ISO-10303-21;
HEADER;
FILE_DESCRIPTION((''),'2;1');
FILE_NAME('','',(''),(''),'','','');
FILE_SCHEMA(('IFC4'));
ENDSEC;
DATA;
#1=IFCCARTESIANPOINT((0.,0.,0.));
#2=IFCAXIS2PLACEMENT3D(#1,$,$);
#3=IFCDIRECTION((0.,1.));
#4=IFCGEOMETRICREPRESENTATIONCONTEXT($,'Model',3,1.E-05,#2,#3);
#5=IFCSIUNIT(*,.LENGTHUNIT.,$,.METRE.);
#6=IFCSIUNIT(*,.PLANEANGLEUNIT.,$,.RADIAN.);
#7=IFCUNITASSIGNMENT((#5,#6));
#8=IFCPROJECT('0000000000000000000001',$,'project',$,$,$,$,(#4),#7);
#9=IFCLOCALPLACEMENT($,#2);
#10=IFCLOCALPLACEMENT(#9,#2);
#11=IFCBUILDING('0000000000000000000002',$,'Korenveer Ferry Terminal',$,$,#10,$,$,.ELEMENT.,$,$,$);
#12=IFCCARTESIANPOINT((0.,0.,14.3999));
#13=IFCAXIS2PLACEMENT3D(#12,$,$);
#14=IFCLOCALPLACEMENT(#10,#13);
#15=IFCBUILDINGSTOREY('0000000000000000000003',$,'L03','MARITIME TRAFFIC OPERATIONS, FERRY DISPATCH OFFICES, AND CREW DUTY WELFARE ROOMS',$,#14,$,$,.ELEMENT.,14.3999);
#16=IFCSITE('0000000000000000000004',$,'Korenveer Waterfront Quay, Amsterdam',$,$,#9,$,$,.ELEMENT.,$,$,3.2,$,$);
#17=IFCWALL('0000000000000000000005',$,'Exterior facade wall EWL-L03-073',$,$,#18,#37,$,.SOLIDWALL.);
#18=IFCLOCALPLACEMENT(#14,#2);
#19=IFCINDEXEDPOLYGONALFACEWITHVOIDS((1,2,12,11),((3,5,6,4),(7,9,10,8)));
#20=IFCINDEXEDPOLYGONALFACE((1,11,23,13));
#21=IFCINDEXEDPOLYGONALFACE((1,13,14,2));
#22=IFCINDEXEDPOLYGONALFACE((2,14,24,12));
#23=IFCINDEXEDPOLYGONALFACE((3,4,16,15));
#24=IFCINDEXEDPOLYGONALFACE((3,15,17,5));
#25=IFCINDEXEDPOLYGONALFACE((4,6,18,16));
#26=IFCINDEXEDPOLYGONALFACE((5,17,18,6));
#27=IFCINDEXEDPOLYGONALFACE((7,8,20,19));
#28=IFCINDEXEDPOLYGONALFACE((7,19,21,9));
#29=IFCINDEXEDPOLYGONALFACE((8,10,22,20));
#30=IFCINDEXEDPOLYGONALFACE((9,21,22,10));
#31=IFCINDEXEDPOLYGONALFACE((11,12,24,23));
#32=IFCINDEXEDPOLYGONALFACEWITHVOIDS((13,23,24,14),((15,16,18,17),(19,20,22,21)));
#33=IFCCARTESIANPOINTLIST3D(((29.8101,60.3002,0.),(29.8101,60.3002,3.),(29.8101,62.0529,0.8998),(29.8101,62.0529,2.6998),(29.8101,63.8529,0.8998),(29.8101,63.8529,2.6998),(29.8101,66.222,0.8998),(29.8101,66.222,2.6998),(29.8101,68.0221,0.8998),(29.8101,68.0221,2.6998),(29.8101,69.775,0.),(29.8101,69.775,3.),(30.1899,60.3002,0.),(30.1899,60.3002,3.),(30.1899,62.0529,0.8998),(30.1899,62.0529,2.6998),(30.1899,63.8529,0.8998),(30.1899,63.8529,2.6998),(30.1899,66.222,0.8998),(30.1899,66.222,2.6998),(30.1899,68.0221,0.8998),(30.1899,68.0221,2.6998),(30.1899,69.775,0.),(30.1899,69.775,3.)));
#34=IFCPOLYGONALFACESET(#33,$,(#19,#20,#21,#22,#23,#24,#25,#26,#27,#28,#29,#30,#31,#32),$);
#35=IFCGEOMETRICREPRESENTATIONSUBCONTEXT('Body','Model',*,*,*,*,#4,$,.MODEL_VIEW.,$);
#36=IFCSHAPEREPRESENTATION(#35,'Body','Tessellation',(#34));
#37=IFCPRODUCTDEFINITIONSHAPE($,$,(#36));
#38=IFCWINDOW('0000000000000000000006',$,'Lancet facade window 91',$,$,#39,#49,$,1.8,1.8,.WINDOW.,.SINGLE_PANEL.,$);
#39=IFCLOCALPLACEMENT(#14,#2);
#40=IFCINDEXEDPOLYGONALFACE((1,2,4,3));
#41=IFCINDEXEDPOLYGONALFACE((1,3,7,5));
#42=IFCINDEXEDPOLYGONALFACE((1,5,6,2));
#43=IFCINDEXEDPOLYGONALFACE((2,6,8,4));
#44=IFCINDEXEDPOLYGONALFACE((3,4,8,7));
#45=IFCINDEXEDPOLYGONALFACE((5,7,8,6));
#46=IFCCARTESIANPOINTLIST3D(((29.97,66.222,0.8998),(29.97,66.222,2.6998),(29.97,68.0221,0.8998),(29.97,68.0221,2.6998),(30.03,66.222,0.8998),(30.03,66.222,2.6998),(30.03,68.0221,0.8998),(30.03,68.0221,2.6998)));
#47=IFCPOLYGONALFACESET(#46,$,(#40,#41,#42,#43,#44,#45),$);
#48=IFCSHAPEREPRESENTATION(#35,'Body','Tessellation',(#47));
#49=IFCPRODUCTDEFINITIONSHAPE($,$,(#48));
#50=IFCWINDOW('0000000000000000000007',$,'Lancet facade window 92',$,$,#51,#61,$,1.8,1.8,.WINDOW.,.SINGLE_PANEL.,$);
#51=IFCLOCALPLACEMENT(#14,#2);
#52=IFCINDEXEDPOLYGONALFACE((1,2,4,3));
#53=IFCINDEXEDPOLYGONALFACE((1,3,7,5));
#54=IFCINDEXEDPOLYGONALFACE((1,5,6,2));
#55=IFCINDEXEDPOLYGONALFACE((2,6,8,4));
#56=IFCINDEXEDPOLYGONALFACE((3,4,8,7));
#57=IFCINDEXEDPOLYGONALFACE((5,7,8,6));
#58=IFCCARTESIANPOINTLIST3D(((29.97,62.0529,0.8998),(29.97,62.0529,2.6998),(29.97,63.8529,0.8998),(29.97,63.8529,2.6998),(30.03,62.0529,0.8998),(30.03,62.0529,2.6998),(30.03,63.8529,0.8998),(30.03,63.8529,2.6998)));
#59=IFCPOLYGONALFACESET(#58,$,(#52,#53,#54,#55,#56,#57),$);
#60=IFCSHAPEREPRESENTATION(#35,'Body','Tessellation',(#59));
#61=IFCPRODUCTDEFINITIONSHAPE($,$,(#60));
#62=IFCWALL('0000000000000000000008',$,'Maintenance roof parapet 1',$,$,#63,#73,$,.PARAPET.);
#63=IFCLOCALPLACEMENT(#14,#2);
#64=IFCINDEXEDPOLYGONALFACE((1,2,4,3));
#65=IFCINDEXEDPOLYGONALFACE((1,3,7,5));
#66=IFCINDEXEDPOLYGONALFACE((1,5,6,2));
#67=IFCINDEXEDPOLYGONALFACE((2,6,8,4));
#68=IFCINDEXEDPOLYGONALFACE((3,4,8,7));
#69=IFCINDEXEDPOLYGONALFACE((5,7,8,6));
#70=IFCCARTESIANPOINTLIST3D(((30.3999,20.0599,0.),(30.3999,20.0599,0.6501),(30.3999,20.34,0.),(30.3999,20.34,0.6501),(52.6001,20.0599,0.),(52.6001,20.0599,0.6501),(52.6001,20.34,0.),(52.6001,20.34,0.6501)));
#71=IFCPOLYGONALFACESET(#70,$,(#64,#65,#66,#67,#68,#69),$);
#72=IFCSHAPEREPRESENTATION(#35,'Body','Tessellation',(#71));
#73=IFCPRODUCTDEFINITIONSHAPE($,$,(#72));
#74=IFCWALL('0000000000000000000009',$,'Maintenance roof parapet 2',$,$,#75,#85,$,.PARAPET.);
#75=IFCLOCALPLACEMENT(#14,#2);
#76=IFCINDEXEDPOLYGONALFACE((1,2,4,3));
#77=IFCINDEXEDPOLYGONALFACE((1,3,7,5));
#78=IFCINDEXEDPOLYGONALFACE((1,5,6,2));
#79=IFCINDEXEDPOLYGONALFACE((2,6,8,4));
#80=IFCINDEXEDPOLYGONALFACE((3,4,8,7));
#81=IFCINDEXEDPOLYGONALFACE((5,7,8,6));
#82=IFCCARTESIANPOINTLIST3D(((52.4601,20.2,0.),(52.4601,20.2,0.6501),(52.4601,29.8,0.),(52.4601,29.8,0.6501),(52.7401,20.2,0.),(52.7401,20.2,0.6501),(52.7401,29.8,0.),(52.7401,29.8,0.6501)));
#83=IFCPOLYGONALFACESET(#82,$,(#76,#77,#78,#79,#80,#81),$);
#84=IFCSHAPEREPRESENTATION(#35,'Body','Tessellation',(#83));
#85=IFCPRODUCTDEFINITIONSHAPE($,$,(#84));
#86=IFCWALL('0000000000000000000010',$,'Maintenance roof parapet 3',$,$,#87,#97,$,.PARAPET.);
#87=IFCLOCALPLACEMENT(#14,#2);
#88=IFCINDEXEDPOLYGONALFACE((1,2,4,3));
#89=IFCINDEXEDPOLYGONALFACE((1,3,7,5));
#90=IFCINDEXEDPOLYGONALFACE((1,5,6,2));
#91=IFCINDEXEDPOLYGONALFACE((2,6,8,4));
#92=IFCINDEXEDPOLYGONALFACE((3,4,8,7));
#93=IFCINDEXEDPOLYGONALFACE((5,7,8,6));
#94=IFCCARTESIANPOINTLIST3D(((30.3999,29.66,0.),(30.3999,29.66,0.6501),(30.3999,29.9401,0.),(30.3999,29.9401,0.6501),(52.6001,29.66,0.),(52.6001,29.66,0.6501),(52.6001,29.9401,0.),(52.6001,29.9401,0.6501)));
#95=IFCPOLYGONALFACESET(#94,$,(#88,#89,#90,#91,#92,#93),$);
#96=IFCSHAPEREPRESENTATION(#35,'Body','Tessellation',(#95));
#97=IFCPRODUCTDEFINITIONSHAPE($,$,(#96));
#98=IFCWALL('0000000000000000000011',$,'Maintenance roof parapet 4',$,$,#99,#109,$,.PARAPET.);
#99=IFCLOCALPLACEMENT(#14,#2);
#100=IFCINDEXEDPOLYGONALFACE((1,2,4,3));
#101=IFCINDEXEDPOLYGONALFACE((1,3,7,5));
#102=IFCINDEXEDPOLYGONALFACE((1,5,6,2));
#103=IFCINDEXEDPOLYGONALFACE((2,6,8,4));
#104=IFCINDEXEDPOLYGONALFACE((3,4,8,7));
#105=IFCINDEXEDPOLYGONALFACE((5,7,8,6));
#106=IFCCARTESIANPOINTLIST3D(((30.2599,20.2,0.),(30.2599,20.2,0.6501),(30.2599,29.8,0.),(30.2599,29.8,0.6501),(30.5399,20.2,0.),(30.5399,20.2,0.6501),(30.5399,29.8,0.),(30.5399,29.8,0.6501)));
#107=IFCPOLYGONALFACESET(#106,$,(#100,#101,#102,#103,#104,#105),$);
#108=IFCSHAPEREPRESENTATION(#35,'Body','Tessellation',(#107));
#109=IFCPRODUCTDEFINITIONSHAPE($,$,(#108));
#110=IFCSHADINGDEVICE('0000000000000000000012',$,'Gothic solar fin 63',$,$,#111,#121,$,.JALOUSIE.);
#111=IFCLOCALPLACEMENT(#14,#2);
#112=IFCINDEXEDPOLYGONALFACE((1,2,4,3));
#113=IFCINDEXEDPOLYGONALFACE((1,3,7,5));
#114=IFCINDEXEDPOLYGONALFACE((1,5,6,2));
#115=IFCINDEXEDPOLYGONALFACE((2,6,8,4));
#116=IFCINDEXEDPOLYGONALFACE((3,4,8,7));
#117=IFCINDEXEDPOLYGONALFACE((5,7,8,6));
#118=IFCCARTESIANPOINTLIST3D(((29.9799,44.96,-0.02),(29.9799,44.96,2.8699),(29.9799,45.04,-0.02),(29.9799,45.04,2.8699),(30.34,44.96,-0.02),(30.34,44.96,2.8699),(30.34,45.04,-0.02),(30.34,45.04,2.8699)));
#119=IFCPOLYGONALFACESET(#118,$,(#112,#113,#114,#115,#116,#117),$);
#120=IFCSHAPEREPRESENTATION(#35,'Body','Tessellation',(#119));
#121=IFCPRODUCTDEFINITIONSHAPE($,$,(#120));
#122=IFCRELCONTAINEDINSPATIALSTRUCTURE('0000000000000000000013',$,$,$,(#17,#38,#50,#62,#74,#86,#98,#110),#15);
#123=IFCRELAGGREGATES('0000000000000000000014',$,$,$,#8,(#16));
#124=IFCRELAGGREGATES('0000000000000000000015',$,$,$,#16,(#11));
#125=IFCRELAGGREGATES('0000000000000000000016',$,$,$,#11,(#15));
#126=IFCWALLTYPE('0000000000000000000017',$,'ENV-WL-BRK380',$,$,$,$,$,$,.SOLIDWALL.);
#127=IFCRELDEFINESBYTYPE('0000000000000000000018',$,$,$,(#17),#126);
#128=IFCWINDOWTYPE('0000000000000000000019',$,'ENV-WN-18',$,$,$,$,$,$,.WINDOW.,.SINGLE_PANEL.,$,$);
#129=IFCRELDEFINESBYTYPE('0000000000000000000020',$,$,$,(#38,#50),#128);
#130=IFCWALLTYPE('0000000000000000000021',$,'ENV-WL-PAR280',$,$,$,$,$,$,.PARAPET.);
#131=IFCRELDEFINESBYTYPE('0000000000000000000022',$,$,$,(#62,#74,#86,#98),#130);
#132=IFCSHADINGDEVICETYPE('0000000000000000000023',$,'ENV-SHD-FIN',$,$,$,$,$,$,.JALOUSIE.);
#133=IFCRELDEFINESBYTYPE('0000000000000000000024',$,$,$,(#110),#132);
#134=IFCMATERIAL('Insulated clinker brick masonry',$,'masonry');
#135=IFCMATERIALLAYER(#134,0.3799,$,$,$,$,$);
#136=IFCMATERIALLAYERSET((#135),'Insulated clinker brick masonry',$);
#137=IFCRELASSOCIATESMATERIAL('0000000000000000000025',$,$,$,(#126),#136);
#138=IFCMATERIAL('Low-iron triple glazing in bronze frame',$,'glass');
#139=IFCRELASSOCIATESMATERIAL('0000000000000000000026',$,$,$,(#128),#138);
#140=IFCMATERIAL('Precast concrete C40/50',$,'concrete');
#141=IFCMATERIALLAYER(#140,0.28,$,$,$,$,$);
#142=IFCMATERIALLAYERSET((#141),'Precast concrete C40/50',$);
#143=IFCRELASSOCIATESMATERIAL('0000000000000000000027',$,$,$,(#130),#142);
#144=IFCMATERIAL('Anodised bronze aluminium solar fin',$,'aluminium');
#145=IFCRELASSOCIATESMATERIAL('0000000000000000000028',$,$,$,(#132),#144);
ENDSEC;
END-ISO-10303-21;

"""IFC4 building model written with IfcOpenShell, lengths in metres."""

from ifc_helpers import new_model, si_unit, direction, frame, frame_2d, origin, origin_2d, place, context, subcontext, project, spatial, rectangle, extrude, material, layer, layer_set, type_object, element, fill, save


model = new_model("IFC4")

# Units and contexts
model_context = context("Model", 3, precision=1e-05, world=origin(), true_north=direction((0.0, 1.0)))
body_context = subcontext(model_context, "Body", "Model", "MODEL_VIEW")
ifc_project = project(units=[si_unit("LENGTHUNIT", "METRE"), si_unit("PLANEANGLEUNIT", "RADIAN")], contexts=[model_context])

# Site, building, storey
site_placement = place(None, origin())
site = spatial("IfcSite", under=ifc_project, at=site_placement, Name="Korenveer Waterfront Quay, Amsterdam", CompositionType="ELEMENT", RefElevation=3.2)
building_placement = place(site_placement, origin())
building = spatial("IfcBuilding", under=site, at=building_placement, Name="Korenveer Ferry Terminal", CompositionType="ELEMENT")
storey_placement = place(building_placement, frame((0.0, 0.0, 14.3999)))
storey = spatial("IfcBuildingStorey", under=building, at=storey_placement, Name="L03", Description="MARITIME TRAFFIC OPERATIONS, FERRY DISPATCH OFFICES, AND CREW DUTY WELFARE ROOMS", CompositionType="ELEMENT", Elevation=14.3999)

# Wall, openings, windows
ifc_material_1 = material(Name="Insulated clinker brick masonry", Category="masonry")
ifc_layer_1 = layer(ifc_material_1, 0.3799)
ifc_layer_set_1 = layer_set([ifc_layer_1], Name="Insulated clinker brick masonry")
wall_type_1 = type_object("IfcWallType", Name="ENV-WL-BRK380", PredefinedType="SOLIDWALL", material=ifc_layer_set_1)
wall_1_placement = place(storey_placement, frame((30.0, 69.7749, 0.0), z_axis=(0.0, 0.0, 1.0), x_axis=(0.0, -1.0, 0.0)))
wall_1 = element("IfcWall", 1, at=wall_1_placement, inside=storey, type_object=wall_type_1, Name="Exterior facade wall EWL-L03-073", PredefinedType="SOLIDWALL", context=body_context, shape_type="SweptSolid", body=[
    extrude(rectangle(XDim=9.4749, YDim=0.3799, at=frame_2d((4.7373, 0.0))), origin(), (0.0, 0.0, 1.0), 3.0),
])
opening_1_placement = place(wall_1_placement, frame((1.7529, 0.0, 0.8999)))
opening_1 = element("IfcOpeningElement", 2, at=opening_1_placement, cuts=wall_1, PredefinedType="OPENING", context=body_context, shape_type="SweptSolid", body=[
    extrude(rectangle(XDim=1.8, YDim=1.8, at=frame_2d((0.8999, 0.8999))), frame((0.0, 0.2, 0.0), z_axis=(0.0, -1.0, 0.0), x_axis=(1.0, 0.0, 0.0)), (0.0, 0.0, 1.0), 0.3999),
])
opening_2_placement = place(wall_1_placement, frame((5.9221, 0.0, 0.8999)))
opening_2 = element("IfcOpeningElement", 3, at=opening_2_placement, cuts=wall_1, PredefinedType="OPENING", context=body_context, shape_type="SweptSolid", body=[
    extrude(rectangle(XDim=1.8, YDim=1.8, at=frame_2d((0.8999, 0.8999))), frame((0.0, 0.2, 0.0), z_axis=(0.0, -1.0, 0.0), x_axis=(1.0, 0.0, 0.0)), (0.0, 0.0, 1.0), 0.3999),
])
ifc_material_2 = material(Name="Low-iron triple glazing in bronze frame", Category="glass")
window_type = type_object("IfcWindowType", Name="ENV-WN-18", PartitioningType="SINGLE_PANEL", PredefinedType="WINDOW", material=ifc_material_2)
window_1_placement = place(opening_1_placement, origin())
window_1 = element("IfcWindow", 4, at=window_1_placement, inside=storey, type_object=window_type, Name="Lancet facade window 91", OverallHeight=1.8, OverallWidth=1.8, PartitioningType="SINGLE_PANEL", PredefinedType="WINDOW", context=body_context, shape_type="SweptSolid", body=[
    extrude(rectangle(XDim=1.8, YDim=1.8, at=frame_2d((0.8999, 0.8999))), frame((0.0, 0.03, 0.0), z_axis=(0.0, -1.0, 0.0), x_axis=(1.0, 0.0, 0.0)), (0.0, 0.0, 1.0), 0.0601),
])
fill(opening_1, window_1)
window_2_placement = place(opening_2_placement, origin())
window_2 = element("IfcWindow", 5, at=window_2_placement, inside=storey, type_object=window_type, Name="Lancet facade window 92", OverallHeight=1.8, OverallWidth=1.8, PartitioningType="SINGLE_PANEL", PredefinedType="WINDOW", context=body_context, shape_type="SweptSolid", body=[
    extrude(rectangle(XDim=1.8, YDim=1.8, at=frame_2d((0.8999, 0.8999))), frame((0.0, 0.03, 0.0), z_axis=(0.0, -1.0, 0.0), x_axis=(1.0, 0.0, 0.0)), (0.0, 0.0, 1.0), 0.0601),
])
fill(opening_2, window_2)

# Walls
ifc_material_3 = material(Name="Precast concrete C40/50", Category="concrete")
ifc_layer_2 = layer(ifc_material_3, 0.28)
ifc_layer_set_2 = layer_set([ifc_layer_2], Name="Precast concrete C40/50")
wall_type_2 = type_object("IfcWallType", Name="ENV-WL-PAR280", PredefinedType="PARAPET", material=ifc_layer_set_2)
wall_2_placement = place(storey_placement, frame((30.3999, 20.2, 0.0), z_axis=(0.0, 0.0, 1.0), x_axis=(1.0, 0.0, 0.0)))
element("IfcWall", 6, at=wall_2_placement, inside=storey, type_object=wall_type_2, Name="Maintenance roof parapet 1", PredefinedType="PARAPET", context=body_context, shape_type="SweptSolid", body=[
    extrude(rectangle(XDim=22.2002, YDim=0.28, at=frame_2d((11.1001, 0.0))), origin(), (0.0, 0.0, 1.0), 0.6501),
])
wall_3_placement = place(storey_placement, frame((52.6001, 20.2, 0.0), z_axis=(0.0, 0.0, 1.0), x_axis=(0.0, 1.0, 0.0)))
element("IfcWall", 7, at=wall_3_placement, inside=storey, type_object=wall_type_2, Name="Maintenance roof parapet 2", PredefinedType="PARAPET", context=body_context, shape_type="SweptSolid", body=[
    extrude(rectangle(XDim=9.6001, YDim=0.28, at=frame_2d((4.8, 0.0))), origin(), (0.0, 0.0, 1.0), 0.6501),
])
wall_4_placement = place(storey_placement, frame((52.6001, 29.8, 0.0), z_axis=(0.0, 0.0, 1.0), x_axis=(-1.0, 0.0, 0.0)))
element("IfcWall", 8, at=wall_4_placement, inside=storey, type_object=wall_type_2, Name="Maintenance roof parapet 3", PredefinedType="PARAPET", context=body_context, shape_type="SweptSolid", body=[
    extrude(rectangle(XDim=22.2002, YDim=0.28, at=frame_2d((11.1001, 0.0))), origin(), (0.0, 0.0, 1.0), 0.6501),
])
wall_5_placement = place(storey_placement, frame((30.3999, 29.8, 0.0), z_axis=(0.0, 0.0, 1.0), x_axis=(0.0, -1.0, 0.0)))
element("IfcWall", 9, at=wall_5_placement, inside=storey, type_object=wall_type_2, Name="Maintenance roof parapet 4", PredefinedType="PARAPET", context=body_context, shape_type="SweptSolid", body=[
    extrude(rectangle(XDim=9.6001, YDim=0.28, at=frame_2d((4.8, 0.0))), origin(), (0.0, 0.0, 1.0), 0.6501),
])

# Shading device
ifc_material_4 = material(Name="Anodised bronze aluminium solar fin", Category="aluminium")
shading_device_type = type_object("IfcShadingDeviceType", Name="ENV-SHD-FIN", PredefinedType="JALOUSIE", material=ifc_material_4)
shading_device_placement = place(storey_placement, frame((30.1599, 45.0, -0.02), z_axis=(0.0, 0.0, 1.0), x_axis=(1.0, 0.0, 0.0)))
element("IfcShadingDevice", 10, at=shading_device_placement, inside=storey, type_object=shading_device_type, Name="Gothic solar fin 63", PredefinedType="JALOUSIE", context=body_context, shape_type="SweptSolid", body=[
    extrude(rectangle(XDim=0.3601, YDim=0.0801, at=origin_2d()), origin(), (0.0, 0.0, 1.0), 2.8899),
])

save(model, "model.ifc")
